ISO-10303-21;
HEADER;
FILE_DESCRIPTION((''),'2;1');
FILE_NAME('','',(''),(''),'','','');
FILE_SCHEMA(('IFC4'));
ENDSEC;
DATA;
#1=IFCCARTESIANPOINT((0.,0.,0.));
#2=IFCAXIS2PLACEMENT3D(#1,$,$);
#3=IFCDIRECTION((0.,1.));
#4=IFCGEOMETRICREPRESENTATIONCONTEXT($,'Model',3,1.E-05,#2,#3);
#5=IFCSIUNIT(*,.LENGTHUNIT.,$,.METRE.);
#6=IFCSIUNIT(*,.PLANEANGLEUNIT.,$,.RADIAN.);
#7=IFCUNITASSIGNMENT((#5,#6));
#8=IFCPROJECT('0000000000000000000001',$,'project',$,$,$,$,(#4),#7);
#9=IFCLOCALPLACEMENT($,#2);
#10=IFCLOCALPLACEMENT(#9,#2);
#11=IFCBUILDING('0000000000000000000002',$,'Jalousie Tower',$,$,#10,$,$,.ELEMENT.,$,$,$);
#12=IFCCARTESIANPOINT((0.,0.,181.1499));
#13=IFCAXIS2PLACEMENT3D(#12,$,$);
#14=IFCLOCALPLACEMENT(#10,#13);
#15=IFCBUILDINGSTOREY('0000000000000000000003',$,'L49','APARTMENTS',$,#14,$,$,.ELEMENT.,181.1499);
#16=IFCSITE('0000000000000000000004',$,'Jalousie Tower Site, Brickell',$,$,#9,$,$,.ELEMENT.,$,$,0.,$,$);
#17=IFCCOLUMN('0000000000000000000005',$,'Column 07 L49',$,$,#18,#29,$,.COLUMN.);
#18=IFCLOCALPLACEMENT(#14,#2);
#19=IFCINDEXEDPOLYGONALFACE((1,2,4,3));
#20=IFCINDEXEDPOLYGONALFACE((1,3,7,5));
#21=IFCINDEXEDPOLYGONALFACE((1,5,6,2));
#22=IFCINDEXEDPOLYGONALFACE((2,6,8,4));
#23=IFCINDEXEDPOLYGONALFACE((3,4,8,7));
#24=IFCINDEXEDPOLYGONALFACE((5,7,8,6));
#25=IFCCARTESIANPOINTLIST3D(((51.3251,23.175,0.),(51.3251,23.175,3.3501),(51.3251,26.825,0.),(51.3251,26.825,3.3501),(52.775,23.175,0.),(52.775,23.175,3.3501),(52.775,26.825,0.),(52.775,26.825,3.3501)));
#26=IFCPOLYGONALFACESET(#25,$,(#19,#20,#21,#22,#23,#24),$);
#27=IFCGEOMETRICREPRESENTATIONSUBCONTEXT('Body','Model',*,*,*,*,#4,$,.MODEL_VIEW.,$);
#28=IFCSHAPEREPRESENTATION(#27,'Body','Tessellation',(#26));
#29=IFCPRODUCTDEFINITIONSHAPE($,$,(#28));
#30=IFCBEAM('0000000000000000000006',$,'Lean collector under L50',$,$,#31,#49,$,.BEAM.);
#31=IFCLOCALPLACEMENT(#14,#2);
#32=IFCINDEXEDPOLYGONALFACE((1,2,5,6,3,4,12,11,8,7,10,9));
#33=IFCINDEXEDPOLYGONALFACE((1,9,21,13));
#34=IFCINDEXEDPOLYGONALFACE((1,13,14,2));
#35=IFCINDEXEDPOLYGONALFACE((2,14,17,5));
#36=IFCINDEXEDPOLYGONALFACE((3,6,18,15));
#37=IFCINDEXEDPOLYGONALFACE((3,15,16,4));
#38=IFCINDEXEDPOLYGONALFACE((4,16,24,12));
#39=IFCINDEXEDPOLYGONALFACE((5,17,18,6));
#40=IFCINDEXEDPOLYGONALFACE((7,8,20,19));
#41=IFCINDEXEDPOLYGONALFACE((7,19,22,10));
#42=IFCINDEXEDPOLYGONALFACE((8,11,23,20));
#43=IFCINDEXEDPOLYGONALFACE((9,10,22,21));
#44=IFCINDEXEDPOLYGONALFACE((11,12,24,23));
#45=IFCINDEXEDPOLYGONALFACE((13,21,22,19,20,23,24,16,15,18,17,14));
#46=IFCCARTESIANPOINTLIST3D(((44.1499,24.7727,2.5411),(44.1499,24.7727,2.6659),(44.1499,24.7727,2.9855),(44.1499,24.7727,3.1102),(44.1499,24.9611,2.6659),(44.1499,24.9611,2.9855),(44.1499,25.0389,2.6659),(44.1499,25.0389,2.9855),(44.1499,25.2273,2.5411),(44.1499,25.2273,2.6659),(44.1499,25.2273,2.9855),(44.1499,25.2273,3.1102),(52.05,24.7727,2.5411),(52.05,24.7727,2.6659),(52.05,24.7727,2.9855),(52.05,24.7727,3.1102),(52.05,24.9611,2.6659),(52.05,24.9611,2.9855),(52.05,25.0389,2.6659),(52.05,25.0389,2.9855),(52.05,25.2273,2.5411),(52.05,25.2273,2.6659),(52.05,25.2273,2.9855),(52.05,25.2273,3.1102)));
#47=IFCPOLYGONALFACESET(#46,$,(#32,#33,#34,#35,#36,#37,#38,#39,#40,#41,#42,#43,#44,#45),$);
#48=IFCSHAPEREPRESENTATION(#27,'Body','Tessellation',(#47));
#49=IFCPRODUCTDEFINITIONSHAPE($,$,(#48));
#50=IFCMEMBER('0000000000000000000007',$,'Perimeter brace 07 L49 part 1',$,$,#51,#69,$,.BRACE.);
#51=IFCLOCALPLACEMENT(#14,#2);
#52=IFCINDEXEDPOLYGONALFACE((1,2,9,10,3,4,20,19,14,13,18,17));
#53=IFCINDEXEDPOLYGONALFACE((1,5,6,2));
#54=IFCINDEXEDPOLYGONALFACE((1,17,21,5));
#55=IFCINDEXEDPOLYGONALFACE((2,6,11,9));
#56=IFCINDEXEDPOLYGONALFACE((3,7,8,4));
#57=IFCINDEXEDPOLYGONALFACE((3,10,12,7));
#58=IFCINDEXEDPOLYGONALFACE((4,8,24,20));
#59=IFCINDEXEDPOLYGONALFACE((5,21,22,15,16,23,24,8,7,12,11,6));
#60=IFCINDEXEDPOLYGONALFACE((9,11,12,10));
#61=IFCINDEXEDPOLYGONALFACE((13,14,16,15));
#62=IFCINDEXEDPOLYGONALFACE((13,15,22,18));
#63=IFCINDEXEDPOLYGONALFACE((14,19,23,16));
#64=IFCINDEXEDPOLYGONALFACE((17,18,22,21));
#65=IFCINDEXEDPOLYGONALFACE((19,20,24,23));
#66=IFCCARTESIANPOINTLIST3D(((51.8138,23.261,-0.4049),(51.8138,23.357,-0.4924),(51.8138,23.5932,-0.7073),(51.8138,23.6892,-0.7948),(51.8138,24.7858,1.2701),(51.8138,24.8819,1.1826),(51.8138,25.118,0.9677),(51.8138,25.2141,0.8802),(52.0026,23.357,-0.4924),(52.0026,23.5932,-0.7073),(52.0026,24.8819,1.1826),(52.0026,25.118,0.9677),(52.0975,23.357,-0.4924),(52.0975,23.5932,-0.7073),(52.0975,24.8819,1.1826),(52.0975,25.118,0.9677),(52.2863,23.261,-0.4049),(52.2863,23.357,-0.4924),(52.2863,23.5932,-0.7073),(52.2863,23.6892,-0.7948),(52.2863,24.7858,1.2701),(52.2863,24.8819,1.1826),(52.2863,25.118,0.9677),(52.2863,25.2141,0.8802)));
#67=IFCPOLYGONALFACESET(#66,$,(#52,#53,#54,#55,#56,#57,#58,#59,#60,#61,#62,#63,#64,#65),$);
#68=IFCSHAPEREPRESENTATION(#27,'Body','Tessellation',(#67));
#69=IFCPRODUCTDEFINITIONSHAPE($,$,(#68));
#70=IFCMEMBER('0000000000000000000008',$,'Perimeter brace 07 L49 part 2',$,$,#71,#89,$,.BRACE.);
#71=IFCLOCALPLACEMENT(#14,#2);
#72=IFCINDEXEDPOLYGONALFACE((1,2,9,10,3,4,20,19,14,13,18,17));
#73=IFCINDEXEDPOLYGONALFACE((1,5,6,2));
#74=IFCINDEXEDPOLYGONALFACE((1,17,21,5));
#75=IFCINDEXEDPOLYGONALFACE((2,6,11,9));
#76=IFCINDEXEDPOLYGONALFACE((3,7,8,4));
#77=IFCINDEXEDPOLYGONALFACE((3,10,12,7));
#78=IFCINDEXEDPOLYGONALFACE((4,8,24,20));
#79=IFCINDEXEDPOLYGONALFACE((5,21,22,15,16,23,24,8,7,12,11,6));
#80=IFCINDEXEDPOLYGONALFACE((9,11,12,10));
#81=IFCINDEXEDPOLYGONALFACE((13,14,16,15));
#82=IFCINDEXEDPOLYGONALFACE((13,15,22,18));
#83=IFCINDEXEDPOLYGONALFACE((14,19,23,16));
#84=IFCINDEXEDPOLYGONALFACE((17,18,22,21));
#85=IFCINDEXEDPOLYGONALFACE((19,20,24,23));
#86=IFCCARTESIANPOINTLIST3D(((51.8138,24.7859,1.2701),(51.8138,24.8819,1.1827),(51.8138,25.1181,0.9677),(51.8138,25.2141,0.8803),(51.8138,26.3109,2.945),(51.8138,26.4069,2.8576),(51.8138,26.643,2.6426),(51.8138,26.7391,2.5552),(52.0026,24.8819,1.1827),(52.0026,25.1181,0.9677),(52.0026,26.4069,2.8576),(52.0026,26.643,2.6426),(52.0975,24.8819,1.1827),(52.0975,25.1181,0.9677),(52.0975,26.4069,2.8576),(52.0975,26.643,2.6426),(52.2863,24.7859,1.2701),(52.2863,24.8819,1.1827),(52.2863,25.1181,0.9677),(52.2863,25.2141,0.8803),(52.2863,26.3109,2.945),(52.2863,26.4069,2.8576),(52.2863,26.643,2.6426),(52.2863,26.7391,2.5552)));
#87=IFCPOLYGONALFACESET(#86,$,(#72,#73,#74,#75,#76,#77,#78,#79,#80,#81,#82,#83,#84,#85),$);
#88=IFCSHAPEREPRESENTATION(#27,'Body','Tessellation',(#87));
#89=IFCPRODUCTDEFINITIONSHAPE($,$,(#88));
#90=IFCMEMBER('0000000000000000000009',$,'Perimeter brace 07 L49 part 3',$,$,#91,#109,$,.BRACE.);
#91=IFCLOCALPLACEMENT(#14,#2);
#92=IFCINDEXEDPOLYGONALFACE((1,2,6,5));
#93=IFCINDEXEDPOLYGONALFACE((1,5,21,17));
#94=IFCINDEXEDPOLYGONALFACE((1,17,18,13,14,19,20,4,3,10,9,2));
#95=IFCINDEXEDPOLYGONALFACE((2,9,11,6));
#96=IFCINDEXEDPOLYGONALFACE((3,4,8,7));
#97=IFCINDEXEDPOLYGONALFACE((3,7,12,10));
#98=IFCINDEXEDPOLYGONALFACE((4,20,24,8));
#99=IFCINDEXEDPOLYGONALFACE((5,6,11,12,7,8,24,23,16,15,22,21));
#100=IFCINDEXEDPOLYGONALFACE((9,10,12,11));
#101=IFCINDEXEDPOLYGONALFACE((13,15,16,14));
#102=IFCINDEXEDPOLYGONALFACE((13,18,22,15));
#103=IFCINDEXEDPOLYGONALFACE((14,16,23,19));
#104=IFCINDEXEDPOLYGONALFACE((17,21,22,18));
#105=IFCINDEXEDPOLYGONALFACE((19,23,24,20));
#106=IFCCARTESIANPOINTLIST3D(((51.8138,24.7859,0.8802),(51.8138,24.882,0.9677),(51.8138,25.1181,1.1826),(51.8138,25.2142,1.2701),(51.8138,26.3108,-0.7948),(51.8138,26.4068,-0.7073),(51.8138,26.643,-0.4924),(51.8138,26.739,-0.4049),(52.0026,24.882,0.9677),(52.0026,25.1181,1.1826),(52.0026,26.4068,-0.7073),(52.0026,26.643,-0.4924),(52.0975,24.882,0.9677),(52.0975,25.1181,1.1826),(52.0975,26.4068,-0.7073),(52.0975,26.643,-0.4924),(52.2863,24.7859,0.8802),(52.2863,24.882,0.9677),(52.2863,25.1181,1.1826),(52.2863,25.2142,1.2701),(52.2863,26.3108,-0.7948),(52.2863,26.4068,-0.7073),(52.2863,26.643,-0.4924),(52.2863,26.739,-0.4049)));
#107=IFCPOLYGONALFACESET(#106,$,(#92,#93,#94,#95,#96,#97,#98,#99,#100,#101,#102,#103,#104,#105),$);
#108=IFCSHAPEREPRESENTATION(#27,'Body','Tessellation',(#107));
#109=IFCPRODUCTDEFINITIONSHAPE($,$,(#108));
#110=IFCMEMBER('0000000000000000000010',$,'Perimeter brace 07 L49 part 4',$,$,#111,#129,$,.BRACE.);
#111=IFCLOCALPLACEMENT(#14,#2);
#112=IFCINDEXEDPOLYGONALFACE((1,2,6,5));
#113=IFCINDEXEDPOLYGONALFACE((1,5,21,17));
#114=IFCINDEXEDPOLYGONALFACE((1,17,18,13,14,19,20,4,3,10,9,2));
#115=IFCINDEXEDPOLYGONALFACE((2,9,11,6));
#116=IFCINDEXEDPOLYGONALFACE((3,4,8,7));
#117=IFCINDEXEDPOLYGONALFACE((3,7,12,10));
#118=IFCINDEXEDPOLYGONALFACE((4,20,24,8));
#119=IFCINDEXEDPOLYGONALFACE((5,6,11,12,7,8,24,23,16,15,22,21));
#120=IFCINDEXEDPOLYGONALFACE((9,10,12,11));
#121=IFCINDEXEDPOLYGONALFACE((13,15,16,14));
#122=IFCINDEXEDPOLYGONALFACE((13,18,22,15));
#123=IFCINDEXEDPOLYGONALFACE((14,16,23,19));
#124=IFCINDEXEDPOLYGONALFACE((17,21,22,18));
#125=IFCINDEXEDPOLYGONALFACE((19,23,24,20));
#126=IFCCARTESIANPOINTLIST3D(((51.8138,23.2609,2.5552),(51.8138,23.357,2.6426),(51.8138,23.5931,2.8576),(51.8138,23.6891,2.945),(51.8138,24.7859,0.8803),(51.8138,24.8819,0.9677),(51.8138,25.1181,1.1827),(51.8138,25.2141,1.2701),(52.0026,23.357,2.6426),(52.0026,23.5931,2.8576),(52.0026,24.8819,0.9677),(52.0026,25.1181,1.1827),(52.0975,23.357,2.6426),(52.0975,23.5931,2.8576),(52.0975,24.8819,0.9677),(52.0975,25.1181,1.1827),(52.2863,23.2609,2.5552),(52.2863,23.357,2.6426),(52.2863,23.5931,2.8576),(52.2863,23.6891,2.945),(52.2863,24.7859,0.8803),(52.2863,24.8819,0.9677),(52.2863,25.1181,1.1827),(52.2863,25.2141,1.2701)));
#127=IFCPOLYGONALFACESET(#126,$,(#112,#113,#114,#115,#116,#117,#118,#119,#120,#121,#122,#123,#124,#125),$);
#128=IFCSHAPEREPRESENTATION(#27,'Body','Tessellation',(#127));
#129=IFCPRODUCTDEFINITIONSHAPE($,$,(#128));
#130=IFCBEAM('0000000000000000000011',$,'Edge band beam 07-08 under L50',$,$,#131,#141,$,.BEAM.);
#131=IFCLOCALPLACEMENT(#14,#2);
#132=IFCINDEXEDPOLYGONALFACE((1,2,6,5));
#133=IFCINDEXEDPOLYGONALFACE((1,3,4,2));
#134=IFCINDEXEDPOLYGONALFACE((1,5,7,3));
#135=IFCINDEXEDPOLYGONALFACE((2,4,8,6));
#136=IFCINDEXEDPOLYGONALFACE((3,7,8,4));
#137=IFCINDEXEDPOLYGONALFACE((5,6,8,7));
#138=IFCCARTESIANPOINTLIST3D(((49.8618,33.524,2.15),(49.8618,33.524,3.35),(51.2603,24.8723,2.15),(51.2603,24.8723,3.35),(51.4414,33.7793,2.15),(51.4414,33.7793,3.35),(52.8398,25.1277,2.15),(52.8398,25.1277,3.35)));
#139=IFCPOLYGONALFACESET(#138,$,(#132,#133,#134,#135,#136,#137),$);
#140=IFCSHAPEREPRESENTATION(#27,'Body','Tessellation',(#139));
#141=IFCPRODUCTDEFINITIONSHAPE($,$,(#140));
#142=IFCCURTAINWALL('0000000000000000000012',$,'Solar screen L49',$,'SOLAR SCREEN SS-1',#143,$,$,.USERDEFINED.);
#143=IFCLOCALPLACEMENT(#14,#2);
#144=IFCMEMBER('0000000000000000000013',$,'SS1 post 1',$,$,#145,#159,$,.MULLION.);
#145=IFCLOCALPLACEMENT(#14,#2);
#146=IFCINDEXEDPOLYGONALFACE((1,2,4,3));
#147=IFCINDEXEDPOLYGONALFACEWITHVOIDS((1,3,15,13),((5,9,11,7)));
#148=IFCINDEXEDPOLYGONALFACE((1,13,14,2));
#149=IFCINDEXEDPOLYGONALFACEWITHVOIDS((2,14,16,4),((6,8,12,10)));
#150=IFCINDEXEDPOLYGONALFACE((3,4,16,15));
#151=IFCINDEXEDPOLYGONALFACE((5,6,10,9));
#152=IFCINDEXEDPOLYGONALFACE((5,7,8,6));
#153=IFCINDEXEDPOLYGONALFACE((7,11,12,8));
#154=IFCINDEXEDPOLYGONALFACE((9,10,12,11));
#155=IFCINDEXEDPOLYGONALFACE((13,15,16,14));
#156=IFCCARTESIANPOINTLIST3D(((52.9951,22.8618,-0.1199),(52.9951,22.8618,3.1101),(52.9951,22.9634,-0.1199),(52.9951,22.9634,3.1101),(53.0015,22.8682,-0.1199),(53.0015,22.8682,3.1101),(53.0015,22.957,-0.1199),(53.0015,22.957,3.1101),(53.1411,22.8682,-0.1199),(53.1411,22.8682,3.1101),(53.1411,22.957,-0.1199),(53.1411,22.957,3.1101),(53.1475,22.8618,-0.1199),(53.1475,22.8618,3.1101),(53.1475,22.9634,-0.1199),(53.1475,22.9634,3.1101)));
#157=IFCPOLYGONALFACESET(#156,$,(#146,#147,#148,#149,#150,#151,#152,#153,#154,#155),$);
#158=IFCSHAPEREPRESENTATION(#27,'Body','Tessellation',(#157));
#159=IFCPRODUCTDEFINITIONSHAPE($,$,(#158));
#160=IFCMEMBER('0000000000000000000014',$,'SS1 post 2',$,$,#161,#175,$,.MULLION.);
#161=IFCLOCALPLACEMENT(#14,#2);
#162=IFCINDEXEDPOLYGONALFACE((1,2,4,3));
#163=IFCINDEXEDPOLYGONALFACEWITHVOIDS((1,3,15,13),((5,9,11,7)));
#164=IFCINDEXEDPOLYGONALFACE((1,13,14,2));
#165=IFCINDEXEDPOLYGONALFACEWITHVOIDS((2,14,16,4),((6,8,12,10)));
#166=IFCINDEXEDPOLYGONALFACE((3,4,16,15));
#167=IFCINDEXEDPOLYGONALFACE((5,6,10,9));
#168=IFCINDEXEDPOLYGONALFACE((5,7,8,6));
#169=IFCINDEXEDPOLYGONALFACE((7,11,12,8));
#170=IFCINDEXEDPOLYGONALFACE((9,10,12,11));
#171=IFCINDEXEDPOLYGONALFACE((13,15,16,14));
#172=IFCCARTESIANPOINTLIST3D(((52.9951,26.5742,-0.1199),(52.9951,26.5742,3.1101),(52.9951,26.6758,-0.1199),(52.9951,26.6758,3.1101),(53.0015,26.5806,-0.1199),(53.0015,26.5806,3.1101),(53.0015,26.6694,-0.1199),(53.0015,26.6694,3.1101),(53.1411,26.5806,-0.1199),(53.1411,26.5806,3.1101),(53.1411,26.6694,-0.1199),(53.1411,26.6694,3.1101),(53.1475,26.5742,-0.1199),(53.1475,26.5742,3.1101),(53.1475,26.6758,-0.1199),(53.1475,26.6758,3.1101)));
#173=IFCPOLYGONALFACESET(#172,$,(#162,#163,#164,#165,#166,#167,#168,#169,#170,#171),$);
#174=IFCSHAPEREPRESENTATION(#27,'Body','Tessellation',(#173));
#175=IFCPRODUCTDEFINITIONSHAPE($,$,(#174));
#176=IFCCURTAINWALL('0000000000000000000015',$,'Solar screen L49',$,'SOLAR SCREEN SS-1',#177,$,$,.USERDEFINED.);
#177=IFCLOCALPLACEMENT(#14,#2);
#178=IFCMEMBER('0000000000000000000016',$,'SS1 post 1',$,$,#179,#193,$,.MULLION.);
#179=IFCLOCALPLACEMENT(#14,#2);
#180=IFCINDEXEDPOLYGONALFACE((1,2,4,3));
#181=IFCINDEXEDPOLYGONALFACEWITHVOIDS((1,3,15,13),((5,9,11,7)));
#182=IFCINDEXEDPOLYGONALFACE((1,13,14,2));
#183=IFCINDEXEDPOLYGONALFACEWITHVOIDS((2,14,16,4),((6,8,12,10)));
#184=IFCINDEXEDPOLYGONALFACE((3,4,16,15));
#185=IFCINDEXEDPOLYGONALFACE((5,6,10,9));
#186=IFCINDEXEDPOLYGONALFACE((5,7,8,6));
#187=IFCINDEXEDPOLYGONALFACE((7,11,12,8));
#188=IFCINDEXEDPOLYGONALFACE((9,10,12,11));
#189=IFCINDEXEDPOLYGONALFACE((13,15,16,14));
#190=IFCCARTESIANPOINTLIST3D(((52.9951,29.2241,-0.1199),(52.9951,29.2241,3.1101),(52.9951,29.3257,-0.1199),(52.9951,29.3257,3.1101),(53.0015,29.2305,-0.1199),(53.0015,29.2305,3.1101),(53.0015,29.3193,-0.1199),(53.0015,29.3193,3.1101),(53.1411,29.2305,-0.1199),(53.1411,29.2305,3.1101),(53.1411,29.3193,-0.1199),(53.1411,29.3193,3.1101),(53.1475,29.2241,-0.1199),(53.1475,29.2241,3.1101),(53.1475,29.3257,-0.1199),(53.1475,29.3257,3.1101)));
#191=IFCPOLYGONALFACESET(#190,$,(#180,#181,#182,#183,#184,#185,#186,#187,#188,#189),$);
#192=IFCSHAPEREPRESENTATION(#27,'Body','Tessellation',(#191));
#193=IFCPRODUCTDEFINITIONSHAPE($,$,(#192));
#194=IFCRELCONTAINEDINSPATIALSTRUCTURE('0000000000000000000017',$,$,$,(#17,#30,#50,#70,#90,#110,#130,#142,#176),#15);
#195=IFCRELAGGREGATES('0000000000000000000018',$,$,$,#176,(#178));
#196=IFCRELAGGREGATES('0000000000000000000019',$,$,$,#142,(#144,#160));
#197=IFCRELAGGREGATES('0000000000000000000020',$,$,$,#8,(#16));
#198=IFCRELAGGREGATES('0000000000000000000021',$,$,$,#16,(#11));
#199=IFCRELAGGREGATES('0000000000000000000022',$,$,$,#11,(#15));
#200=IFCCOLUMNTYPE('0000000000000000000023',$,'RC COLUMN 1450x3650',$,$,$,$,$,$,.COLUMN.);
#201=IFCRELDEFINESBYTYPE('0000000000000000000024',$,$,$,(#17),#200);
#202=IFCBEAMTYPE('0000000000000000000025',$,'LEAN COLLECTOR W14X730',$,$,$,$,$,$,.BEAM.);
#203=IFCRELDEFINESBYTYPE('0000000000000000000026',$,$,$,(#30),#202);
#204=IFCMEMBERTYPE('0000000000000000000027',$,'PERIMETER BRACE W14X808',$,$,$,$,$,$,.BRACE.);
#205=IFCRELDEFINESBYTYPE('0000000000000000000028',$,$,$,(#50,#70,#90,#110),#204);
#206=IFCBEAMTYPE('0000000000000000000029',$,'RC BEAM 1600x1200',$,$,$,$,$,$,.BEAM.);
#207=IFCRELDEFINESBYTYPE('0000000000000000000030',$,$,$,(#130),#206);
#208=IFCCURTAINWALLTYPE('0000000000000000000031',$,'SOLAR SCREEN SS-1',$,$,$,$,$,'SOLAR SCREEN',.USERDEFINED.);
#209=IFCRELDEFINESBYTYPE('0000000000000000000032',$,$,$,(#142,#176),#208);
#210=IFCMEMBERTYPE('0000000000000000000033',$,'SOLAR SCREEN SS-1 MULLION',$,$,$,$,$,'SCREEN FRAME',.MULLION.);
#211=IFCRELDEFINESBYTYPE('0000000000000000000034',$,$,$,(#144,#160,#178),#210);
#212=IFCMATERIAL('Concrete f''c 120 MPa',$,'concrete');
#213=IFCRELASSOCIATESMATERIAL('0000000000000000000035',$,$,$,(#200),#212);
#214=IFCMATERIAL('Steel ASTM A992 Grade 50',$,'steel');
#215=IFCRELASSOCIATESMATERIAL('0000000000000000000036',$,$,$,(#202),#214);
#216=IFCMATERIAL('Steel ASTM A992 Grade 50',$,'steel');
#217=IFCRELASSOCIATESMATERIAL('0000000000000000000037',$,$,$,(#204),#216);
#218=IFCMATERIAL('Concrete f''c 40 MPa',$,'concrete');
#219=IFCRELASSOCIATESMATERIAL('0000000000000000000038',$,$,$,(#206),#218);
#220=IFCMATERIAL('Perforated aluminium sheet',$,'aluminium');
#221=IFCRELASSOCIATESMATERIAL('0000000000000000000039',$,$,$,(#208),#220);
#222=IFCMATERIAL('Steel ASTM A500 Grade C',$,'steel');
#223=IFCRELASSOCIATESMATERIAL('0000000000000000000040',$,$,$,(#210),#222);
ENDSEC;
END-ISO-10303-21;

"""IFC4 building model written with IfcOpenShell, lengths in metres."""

from ifc_helpers import new_model, si_unit, direction, frame, origin, origin_2d, place, context, subcontext, project, spatial, rectangle, hollow_rectangle, i_section, extrude, material, material_profile, profile_set, type_object, element, aggregate, save


model = new_model("IFC4")

# Units and contexts
model_context = context("Model", 3, precision=1e-05, world=origin(), true_north=direction((0.0, 1.0)))
body_context = subcontext(model_context, "Body", "Model", "MODEL_VIEW")
ifc_project = project(units=[si_unit("LENGTHUNIT", "METRE"), si_unit("PLANEANGLEUNIT", "RADIAN")], contexts=[model_context])

# Site, building, storey
site_placement = place(None, origin())
site = spatial("IfcSite", under=ifc_project, at=site_placement, Name="Jalousie Tower Site, Brickell", CompositionType="ELEMENT", RefElevation=0.0)
building_placement = place(site_placement, origin())
building = spatial("IfcBuilding", under=site, at=building_placement, Name="Jalousie Tower", CompositionType="ELEMENT")
storey_placement = place(building_placement, frame((0.0, 0.0, 181.1499)))
storey = spatial("IfcBuildingStorey", under=building, at=storey_placement, Name="L49", Description="APARTMENTS", CompositionType="ELEMENT", Elevation=181.1499)

# Column
ifc_material_1 = material(Name="Concrete f'c 120 MPa", Category="concrete")
ifc_material_profile_1 = material_profile(ifc_material_1, rectangle(XDim=1.45, YDim=3.6499, at=origin_2d()), Name="RC 1450x3650")
ifc_profile_set_1 = profile_set([ifc_material_profile_1], Name="Concrete f'c 120 MPa")
column_type = type_object("IfcColumnType", Name="RC COLUMN 1450x3650", PredefinedType="COLUMN", material=ifc_profile_set_1)
column_placement = place(storey_placement, frame((52.05, 25.0, 0.0), z_axis=(0.0, 0.0, 1.0), x_axis=(1.0, 0.0, 0.0)))
element("IfcColumn", 1, at=column_placement, inside=storey, type_object=column_type, Name="Column 07 L49", PredefinedType="COLUMN", context=body_context, shape_type="SweptSolid", body=[
    extrude(rectangle(XDim=1.45, YDim=3.6499, at=origin_2d()), origin(), (0.0, 0.0, 1.0), 3.3501),
])

# Beam
ifc_material_2 = material(Name="Steel ASTM A992 Grade 50", Category="steel")
ifc_material_profile_2 = material_profile(ifc_material_2, i_section(OverallWidth=0.4546, OverallDepth=0.5691, WebThickness=0.0779, FlangeThickness=0.1248, at=origin_2d()), Name="W14X730")
ifc_profile_set_2 = profile_set([ifc_material_profile_2], Name="Steel ASTM A992 Grade 50")
beam_type_1 = type_object("IfcBeamType", Name="LEAN COLLECTOR W14X730", PredefinedType="BEAM", material=ifc_profile_set_2)
beam_1_placement = place(storey_placement, frame((52.05, 25.0, 2.8257), z_axis=(-1.0, 0.0, 0.0), x_axis=(0.0, -1.0, 0.0)))
element("IfcBeam", 2, at=beam_1_placement, inside=storey, type_object=beam_type_1, Name="Lean collector under L50", PredefinedType="BEAM", context=body_context, shape_type="SweptSolid", body=[
    extrude(i_section(OverallWidth=0.4546, OverallDepth=0.5691, WebThickness=0.0779, FlangeThickness=0.1248, at=origin_2d()), origin(), (0.0, 0.0, 1.0), 7.9001),
])

# Members
ifc_material_3 = material(Name="Steel ASTM A992 Grade 50", Category="steel")
ifc_material_profile_3 = material_profile(ifc_material_3, i_section(OverallWidth=0.4724, OverallDepth=0.5791, WebThickness=0.095, FlangeThickness=0.1299, at=origin_2d()), Name="W14X808")
ifc_profile_set_3 = profile_set([ifc_material_profile_3], Name="Steel ASTM A992 Grade 50")
member_type_1 = type_object("IfcMemberType", Name="PERIMETER BRACE W14X808", PredefinedType="BRACE", material=ifc_profile_set_3)
for number, where, z_axis, x_axis, name in (
    (3, (52.05, 23.4751, -0.5999), (0.0, 0.673188, 0.739472), (-1.0, 0.0, 0.0), "Perimeter brace 07 L49 part 1"),
    (4, (52.05, 25.0, 1.0752), (0.0, 0.673241, 0.739423), (-1.0, 0.0, 0.0), "Perimeter brace 07 L49 part 2"),
    (5, (52.05, 26.5249, -0.5999), (0.0, -0.673188, 0.739472), (1.0, 0.0, 0.0), "Perimeter brace 07 L49 part 3"),
    (6, (52.05, 25.0, 1.0752), (0.0, -0.673241, 0.739423), (1.0, 0.0, 0.0), "Perimeter brace 07 L49 part 4"),
):
    element("IfcMember", number, at=place(storey_placement, frame(where, z_axis=z_axis, x_axis=x_axis)), inside=storey, type_object=member_type_1, Name=name, PredefinedType="BRACE", context=body_context, shape_type="SweptSolid", body=[
        extrude(i_section(OverallWidth=0.4724, OverallDepth=0.5791, WebThickness=0.095, FlangeThickness=0.1299, at=origin_2d()), origin(), (0.0, 0.0, 1.0), 2.2651),
    ])

# Beam
ifc_material_4 = material(Name="Concrete f'c 40 MPa", Category="concrete")
ifc_material_profile_4 = material_profile(ifc_material_4, rectangle(XDim=1.6001, YDim=1.2, at=origin_2d()), Name="RC 1600x1200")
ifc_profile_set_4 = profile_set([ifc_material_profile_4], Name="Concrete f'c 40 MPa")
beam_type_2 = type_object("IfcBeamType", Name="RC BEAM 1600x1200", PredefinedType="BEAM", material=ifc_profile_set_4)
beam_2_placement = place(storey_placement, frame((52.05, 25.0, 2.75), z_axis=(-0.159568, 0.987187, 0.0), x_axis=(-0.987187, -0.159568, 0.0)))
element("IfcBeam", 7, at=beam_2_placement, inside=storey, type_object=beam_type_2, Name="Edge band beam 07-08 under L50", PredefinedType="BEAM", context=body_context, shape_type="SweptSolid", body=[
    extrude(rectangle(XDim=1.6001, YDim=1.2, at=origin_2d()), origin(), (0.0, 0.0, 1.0), 8.7639),
])

# Curtain wall, members
ifc_material_5 = material(Name="Perforated aluminium sheet", Category="aluminium")
curtain_wall_type = type_object("IfcCurtainWallType", Name="SOLAR SCREEN SS-1", ElementType="SOLAR SCREEN", PredefinedType="USERDEFINED", material=ifc_material_5)
curtain_wall_1_placement = place(storey_placement, origin())
curtain_wall_1 = element("IfcCurtainWall", 8, at=curtain_wall_1_placement, inside=storey, type_object=curtain_wall_type, Name="Solar screen L49", ObjectType="SOLAR SCREEN SS-1", PredefinedType="USERDEFINED")
ifc_material_6 = material(Name="Steel ASTM A500 Grade C", Category="steel")
ifc_material_profile_5 = material_profile(ifc_material_6, hollow_rectangle(XDim=0.1016, YDim=0.1523, WallThickness=0.0063, at=origin_2d()), Name="HSS6X4X1/4")
ifc_profile_set_5 = profile_set([ifc_material_profile_5], Name="Steel ASTM A500 Grade C")
member_type_2 = type_object("IfcMemberType", Name="SOLAR SCREEN SS-1 MULLION", ElementType="SCREEN FRAME", PredefinedType="MULLION", material=ifc_profile_set_5)
member_1_placement = place(storey_placement, frame((53.0713, 22.9126, -0.1199), z_axis=(0.0, 0.0, 1.0), x_axis=(0.0, 1.0, 0.0)))
member_1 = element("IfcMember", 9, at=member_1_placement, type_object=member_type_2, Name="SS1 post 1", PredefinedType="MULLION", context=body_context, shape_type="SweptSolid", body=[
    extrude(hollow_rectangle(XDim=0.1016, YDim=0.1523, WallThickness=0.0063, at=origin_2d()), origin(), (0.0, 0.0, 1.0), 3.23),
])
member_2_placement = place(storey_placement, frame((53.0713, 26.625, -0.1199), z_axis=(0.0, 0.0, 1.0), x_axis=(0.0, 1.0, 0.0)))
member_2 = element("IfcMember", 10, at=member_2_placement, type_object=member_type_2, Name="SS1 post 2", PredefinedType="MULLION", context=body_context, shape_type="SweptSolid", body=[
    extrude(hollow_rectangle(XDim=0.1016, YDim=0.1523, WallThickness=0.0063, at=origin_2d()), origin(), (0.0, 0.0, 1.0), 3.23),
])

# Curtain wall, member
curtain_wall_2_placement = place(storey_placement, origin())
curtain_wall_2 = element("IfcCurtainWall", 11, at=curtain_wall_2_placement, inside=storey, type_object=curtain_wall_type, Name="Solar screen L49", ObjectType="SOLAR SCREEN SS-1", PredefinedType="USERDEFINED")
member_3_placement = place(storey_placement, frame((53.0713, 29.2749, -0.1199), z_axis=(0.0, 0.0, 1.0), x_axis=(0.0, 1.0, 0.0)))
member_3 = element("IfcMember", 12, at=member_3_placement, type_object=member_type_2, Name="SS1 post 1", PredefinedType="MULLION", context=body_context, shape_type="SweptSolid", body=[
    extrude(hollow_rectangle(XDim=0.1016, YDim=0.1523, WallThickness=0.0063, at=origin_2d()), origin(), (0.0, 0.0, 1.0), 3.23),
])
aggregate(curtain_wall_2, [member_3])

aggregate(curtain_wall_1, [member_1, member_2])

save(model, "model.ifc")
